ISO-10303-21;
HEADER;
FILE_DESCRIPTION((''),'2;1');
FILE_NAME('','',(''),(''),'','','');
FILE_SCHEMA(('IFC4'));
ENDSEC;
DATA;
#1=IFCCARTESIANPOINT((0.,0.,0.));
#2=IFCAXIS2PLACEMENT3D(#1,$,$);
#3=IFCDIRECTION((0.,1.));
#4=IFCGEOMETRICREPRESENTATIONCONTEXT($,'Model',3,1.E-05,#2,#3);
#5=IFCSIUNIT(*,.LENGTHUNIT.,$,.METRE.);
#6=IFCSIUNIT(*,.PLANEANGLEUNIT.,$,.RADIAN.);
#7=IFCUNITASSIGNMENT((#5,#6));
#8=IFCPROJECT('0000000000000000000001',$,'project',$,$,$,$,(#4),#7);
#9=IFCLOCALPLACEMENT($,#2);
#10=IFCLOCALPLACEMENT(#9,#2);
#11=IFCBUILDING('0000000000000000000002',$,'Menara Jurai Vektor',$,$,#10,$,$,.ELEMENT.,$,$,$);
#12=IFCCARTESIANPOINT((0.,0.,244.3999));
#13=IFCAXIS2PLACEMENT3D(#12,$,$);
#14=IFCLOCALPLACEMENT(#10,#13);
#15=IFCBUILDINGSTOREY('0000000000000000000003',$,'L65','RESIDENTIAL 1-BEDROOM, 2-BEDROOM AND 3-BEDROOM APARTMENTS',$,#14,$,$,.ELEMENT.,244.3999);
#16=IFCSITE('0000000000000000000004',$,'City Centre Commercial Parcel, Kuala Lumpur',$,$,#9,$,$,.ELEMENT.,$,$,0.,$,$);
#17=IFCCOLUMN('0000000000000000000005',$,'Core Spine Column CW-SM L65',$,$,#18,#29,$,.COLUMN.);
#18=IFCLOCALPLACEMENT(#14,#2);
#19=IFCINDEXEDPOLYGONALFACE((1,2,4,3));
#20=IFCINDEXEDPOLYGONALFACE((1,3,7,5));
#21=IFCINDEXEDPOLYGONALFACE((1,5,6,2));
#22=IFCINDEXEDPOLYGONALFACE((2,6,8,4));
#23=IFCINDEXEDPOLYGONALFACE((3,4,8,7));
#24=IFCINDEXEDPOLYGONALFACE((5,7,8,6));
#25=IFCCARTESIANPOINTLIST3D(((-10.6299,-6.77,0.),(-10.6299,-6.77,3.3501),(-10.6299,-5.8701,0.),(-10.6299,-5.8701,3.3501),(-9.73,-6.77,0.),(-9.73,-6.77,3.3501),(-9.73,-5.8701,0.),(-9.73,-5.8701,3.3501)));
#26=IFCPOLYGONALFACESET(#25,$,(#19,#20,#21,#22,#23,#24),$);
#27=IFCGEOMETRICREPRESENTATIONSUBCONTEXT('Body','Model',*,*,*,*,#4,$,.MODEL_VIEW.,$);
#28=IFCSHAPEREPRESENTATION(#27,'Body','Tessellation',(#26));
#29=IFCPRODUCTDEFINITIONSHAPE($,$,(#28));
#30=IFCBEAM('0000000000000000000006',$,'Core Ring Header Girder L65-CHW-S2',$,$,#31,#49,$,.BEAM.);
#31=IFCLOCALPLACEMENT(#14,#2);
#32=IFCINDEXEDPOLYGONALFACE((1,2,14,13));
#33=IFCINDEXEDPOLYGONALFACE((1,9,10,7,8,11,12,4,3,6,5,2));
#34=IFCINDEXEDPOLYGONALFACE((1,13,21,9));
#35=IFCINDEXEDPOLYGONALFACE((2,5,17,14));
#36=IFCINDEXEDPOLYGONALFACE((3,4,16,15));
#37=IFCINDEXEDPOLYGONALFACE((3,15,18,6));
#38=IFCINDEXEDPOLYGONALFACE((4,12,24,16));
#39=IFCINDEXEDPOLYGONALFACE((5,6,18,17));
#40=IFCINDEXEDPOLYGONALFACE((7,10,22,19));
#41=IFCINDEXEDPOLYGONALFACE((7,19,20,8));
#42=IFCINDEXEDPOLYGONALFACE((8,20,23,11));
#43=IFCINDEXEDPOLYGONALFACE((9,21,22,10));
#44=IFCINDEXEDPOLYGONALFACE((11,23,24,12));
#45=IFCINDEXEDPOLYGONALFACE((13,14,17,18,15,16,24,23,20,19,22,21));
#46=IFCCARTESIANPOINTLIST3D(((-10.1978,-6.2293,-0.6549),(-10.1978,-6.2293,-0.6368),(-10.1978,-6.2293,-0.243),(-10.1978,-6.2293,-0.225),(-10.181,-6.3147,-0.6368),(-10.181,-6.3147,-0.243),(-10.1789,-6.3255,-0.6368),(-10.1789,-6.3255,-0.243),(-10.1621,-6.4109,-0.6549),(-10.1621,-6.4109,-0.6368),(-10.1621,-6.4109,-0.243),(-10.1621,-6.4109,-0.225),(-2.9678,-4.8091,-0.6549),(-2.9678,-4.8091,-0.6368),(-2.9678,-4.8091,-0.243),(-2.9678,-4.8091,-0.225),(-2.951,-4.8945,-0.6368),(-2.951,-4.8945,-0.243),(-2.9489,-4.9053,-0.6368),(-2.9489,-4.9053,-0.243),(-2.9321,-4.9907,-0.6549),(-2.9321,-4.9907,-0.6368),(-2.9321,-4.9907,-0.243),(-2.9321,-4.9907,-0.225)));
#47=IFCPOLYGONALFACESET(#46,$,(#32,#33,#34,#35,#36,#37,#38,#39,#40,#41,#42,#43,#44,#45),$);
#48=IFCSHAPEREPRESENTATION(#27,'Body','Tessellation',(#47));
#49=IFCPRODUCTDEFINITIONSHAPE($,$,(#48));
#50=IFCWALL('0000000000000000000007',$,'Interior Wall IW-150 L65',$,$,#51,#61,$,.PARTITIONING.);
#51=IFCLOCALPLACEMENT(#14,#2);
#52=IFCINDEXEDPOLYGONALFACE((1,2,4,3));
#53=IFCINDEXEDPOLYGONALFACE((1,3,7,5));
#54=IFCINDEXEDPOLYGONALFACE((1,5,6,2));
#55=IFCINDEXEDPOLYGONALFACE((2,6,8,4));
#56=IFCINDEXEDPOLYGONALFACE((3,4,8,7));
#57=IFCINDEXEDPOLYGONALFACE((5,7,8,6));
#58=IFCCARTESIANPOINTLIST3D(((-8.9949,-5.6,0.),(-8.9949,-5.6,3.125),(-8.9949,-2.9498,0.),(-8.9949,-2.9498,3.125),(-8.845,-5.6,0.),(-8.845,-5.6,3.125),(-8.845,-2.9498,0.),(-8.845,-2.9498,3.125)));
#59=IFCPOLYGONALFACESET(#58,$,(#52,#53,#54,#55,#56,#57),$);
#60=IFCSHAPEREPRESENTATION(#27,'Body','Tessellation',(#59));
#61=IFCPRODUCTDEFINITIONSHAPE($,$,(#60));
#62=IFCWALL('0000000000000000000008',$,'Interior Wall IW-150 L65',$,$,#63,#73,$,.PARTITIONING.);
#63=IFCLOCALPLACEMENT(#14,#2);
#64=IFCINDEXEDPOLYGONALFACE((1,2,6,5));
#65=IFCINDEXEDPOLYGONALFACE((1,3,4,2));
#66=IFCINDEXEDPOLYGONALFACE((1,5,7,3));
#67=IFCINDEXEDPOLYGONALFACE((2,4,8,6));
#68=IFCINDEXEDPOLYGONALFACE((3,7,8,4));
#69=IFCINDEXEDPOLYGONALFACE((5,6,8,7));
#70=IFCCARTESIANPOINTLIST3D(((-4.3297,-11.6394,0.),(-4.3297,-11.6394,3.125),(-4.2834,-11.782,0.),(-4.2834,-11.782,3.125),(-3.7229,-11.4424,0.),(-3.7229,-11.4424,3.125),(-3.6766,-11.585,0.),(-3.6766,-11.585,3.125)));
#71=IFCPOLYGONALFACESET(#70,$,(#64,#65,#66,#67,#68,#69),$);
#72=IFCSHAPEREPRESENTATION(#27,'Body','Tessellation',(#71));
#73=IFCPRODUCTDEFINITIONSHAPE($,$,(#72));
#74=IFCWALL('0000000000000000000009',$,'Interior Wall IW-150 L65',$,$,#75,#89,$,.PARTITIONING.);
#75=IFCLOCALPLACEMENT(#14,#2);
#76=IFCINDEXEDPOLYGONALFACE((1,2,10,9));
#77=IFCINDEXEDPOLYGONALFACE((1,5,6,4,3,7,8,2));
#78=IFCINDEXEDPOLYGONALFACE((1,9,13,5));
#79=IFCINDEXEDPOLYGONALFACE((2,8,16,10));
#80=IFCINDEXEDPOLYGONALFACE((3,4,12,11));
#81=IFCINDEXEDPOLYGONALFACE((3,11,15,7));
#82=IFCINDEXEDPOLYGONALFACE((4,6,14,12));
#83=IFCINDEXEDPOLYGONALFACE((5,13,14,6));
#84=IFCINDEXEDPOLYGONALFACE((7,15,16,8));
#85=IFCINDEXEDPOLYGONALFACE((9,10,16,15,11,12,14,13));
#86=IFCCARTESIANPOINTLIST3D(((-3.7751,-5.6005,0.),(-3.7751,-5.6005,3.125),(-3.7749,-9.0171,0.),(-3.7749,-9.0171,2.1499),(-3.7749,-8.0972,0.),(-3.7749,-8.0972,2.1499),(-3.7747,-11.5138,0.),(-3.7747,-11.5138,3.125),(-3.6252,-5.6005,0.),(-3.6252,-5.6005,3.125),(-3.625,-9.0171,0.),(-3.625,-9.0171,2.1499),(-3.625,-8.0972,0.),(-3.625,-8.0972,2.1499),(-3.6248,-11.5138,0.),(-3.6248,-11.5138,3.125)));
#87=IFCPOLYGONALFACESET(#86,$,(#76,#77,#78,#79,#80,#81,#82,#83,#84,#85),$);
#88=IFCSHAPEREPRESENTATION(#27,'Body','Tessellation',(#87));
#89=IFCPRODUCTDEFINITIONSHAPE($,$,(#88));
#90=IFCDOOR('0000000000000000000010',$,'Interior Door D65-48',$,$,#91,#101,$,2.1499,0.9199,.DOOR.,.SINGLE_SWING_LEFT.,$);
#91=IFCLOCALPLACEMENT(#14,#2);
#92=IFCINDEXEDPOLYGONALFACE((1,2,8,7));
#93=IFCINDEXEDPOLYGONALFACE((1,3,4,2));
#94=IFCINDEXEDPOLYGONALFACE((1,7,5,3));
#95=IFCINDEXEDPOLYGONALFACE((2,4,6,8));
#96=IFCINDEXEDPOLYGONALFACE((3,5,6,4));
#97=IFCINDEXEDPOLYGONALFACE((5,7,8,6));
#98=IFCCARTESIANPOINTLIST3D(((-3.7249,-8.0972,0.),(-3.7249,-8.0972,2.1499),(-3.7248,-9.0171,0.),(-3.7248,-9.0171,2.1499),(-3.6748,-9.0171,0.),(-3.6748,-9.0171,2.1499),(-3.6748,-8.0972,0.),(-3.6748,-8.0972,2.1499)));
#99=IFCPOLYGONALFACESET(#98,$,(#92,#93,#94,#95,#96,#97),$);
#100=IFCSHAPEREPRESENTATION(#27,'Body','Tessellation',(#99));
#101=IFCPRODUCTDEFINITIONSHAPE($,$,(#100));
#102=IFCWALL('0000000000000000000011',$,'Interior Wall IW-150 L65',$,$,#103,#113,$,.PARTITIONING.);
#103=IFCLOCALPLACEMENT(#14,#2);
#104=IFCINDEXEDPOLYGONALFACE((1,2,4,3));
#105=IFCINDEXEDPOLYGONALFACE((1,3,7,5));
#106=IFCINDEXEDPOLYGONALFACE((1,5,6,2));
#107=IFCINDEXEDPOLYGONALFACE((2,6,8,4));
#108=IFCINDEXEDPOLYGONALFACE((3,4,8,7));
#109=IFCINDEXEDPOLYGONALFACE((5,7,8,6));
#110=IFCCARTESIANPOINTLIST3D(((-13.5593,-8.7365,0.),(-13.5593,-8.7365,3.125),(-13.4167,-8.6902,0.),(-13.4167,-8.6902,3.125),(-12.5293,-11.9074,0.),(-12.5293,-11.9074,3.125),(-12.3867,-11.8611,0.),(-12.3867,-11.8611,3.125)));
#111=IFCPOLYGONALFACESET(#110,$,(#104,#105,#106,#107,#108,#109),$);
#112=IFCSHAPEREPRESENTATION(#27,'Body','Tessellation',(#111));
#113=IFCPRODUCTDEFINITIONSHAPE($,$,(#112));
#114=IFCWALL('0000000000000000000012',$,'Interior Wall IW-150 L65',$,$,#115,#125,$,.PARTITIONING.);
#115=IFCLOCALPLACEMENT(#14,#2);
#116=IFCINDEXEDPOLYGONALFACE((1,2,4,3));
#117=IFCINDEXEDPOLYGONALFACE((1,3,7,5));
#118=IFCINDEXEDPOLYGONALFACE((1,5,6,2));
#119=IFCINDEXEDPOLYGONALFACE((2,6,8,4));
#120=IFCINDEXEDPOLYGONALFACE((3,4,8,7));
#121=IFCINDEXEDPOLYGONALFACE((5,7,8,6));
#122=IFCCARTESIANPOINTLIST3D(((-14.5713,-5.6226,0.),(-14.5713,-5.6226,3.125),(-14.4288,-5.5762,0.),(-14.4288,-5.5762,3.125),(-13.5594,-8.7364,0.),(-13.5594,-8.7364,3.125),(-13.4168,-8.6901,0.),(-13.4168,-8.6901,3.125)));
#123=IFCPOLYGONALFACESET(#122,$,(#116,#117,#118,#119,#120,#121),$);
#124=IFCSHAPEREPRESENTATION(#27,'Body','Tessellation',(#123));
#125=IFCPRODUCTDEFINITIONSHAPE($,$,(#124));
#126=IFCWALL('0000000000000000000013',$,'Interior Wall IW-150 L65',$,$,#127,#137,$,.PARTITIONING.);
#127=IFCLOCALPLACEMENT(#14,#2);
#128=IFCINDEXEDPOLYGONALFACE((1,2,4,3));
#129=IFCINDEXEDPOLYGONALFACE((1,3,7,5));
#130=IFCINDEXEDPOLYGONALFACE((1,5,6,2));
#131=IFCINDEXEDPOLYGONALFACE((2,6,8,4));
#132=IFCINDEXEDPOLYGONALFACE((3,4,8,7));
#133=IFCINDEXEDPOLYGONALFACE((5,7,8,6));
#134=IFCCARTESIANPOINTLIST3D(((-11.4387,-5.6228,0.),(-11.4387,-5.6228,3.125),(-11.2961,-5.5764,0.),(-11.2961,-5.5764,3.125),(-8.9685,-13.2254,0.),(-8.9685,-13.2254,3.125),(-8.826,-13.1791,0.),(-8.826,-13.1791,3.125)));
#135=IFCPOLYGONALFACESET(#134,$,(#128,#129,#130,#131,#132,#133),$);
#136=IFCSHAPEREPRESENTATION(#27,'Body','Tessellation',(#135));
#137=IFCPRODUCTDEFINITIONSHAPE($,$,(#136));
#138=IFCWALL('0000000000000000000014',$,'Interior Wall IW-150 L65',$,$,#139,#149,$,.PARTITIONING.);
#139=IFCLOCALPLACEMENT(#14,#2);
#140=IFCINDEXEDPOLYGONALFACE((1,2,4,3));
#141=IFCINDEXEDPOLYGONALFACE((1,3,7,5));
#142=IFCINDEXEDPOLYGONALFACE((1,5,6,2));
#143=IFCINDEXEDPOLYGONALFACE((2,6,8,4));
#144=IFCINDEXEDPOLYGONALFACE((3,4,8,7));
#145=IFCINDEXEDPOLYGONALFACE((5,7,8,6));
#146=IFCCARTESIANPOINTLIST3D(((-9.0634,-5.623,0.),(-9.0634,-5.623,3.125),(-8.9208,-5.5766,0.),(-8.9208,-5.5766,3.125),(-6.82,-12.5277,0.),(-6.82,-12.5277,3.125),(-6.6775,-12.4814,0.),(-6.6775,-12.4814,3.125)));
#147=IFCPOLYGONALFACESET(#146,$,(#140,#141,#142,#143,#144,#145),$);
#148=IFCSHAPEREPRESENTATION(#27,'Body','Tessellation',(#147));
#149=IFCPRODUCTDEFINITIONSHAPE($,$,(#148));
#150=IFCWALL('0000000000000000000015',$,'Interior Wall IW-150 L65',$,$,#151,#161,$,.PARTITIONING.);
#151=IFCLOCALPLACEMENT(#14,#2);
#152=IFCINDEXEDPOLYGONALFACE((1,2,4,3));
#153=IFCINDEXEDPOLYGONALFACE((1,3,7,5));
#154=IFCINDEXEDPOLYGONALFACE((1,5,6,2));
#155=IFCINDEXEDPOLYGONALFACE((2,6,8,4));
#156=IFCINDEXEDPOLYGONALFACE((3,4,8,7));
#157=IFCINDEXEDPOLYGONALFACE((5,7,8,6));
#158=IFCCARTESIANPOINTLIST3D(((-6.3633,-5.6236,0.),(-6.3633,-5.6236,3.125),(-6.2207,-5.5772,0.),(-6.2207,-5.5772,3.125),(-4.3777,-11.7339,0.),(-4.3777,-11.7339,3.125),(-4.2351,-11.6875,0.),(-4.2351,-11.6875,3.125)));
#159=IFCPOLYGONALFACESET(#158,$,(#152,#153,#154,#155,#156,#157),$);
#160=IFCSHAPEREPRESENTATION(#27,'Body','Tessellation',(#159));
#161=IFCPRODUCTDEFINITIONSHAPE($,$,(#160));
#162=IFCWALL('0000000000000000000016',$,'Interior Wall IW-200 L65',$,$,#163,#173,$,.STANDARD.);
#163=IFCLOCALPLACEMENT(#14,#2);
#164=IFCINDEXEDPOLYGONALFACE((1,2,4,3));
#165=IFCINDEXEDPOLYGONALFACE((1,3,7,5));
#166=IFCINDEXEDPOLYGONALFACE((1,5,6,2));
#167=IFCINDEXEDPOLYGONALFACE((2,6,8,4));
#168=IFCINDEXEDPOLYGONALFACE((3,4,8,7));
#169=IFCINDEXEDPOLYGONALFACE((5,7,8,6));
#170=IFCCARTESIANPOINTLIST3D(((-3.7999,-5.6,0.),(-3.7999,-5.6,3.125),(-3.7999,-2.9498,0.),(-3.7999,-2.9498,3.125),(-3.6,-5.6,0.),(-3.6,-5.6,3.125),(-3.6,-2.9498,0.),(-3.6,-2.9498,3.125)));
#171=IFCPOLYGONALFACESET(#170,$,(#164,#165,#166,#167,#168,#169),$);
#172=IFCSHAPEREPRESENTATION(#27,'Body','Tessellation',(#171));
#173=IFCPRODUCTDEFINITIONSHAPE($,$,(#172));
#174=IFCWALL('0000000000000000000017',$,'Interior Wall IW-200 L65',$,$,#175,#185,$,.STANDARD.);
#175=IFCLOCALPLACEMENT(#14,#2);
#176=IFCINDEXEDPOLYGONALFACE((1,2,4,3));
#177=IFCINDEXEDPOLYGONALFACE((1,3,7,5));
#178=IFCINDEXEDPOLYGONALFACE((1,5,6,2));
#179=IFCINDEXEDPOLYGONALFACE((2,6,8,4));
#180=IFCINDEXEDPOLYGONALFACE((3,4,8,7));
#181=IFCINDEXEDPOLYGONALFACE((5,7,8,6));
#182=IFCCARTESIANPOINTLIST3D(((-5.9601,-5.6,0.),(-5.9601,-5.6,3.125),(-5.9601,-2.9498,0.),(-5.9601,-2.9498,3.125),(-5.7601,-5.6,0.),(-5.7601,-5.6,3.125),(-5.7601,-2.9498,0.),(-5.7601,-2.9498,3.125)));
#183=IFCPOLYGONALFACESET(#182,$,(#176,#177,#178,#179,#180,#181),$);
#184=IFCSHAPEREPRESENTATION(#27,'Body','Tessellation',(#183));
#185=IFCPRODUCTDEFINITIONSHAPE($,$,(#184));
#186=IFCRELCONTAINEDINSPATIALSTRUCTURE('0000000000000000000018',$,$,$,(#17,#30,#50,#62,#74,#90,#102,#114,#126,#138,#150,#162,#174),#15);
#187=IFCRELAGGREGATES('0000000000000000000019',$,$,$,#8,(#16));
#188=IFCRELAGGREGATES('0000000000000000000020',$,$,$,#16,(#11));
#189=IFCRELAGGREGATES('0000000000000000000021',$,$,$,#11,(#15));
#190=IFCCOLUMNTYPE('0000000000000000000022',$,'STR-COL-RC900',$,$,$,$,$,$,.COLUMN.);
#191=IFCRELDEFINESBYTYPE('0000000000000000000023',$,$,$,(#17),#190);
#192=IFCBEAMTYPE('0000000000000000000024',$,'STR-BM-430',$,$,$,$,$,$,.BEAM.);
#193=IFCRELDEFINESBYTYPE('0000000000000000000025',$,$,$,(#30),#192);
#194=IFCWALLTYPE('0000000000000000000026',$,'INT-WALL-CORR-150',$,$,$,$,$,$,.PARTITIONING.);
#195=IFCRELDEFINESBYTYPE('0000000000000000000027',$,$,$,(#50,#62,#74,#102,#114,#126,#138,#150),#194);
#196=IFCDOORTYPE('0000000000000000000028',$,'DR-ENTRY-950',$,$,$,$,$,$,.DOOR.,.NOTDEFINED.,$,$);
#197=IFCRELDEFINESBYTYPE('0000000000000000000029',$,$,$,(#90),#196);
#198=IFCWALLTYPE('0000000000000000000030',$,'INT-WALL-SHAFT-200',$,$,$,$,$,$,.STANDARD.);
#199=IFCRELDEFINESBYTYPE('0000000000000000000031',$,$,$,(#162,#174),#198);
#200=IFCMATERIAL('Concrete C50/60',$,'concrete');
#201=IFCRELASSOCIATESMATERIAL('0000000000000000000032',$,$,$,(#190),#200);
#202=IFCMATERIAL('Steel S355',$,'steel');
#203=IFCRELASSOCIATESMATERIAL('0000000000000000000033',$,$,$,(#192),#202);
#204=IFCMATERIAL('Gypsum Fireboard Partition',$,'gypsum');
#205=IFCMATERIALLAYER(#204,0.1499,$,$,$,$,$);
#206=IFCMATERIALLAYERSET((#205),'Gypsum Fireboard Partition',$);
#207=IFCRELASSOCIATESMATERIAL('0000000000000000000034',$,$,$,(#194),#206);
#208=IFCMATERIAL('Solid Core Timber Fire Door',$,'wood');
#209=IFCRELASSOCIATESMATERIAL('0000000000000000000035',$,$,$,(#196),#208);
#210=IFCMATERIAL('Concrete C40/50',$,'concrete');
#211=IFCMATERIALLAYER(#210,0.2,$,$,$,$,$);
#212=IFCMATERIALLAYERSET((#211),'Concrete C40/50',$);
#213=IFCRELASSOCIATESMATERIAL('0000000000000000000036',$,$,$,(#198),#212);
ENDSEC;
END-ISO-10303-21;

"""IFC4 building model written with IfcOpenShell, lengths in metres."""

from ifc_helpers import new_model, si_unit, direction, frame, frame_2d, origin, origin_2d, place, context, subcontext, project, spatial, rectangle, i_section, extrude, material, layer, layer_set, material_profile, profile_set, type_object, element, fill, save


model = new_model("IFC4")

# Units and contexts
model_context = context("Model", 3, precision=1e-05, world=origin(), true_north=direction((0.0, 1.0)))
body_context = subcontext(model_context, "Body", "Model", "MODEL_VIEW")
ifc_project = project(units=[si_unit("LENGTHUNIT", "METRE"), si_unit("PLANEANGLEUNIT", "RADIAN")], contexts=[model_context])

# Site, building, storey
site_placement = place(None, origin())
site = spatial("IfcSite", under=ifc_project, at=site_placement, Name="City Centre Commercial Parcel, Kuala Lumpur", CompositionType="ELEMENT", RefElevation=0.0)
building_placement = place(site_placement, origin())
building = spatial("IfcBuilding", under=site, at=building_placement, Name="Menara Jurai Vektor", CompositionType="ELEMENT")
storey_placement = place(building_placement, frame((0.0, 0.0, 244.3999)))
storey = spatial("IfcBuildingStorey", under=building, at=storey_placement, Name="L65", Description="RESIDENTIAL 1-BEDROOM, 2-BEDROOM AND 3-BEDROOM APARTMENTS", CompositionType="ELEMENT", Elevation=244.3999)

# Column
ifc_material_1 = material(Name="Concrete C50/60", Category="concrete")
ifc_material_profile_1 = material_profile(ifc_material_1, rectangle(XDim=0.8999, YDim=0.8999, at=origin_2d()), Name="RC 900x900")
ifc_profile_set_1 = profile_set([ifc_material_profile_1], Name="Concrete C50/60")
column_type = type_object("IfcColumnType", Name="STR-COL-RC900", PredefinedType="COLUMN", material=ifc_profile_set_1)
column_placement = place(storey_placement, frame((-10.1799, -6.3201, 0.0), z_axis=(0.0, 0.0, 1.0), x_axis=(1.0, 0.0, 0.0)))
element("IfcColumn", 1, at=column_placement, inside=storey, type_object=column_type, Name="Core Spine Column CW-SM L65", PredefinedType="COLUMN", context=body_context, shape_type="SweptSolid", body=[
    extrude(rectangle(XDim=0.8999, YDim=0.8999, at=origin_2d()), origin(), (0.0, 0.0, 1.0), 3.3501),
])

# Beam
ifc_material_2 = material(Name="Steel S355", Category="steel")
ifc_material_profile_2 = material_profile(ifc_material_2, i_section(OverallWidth=0.1851, OverallDepth=0.4299, WebThickness=0.011, FlangeThickness=0.0181, at=origin_2d()), Name="PG 430x185x76")
ifc_profile_set_2 = profile_set([ifc_material_profile_2], Name="Steel S355")
beam_type = type_object("IfcBeamType", Name="STR-BM-430", PredefinedType="BEAM", material=ifc_profile_set_2)
beam_placement = place(storey_placement, frame((-10.1799, -6.3201, -0.4399), z_axis=(0.981249, 0.192744, 0.0), x_axis=(-0.192744, 0.981249, 0.0)))
element("IfcBeam", 2, at=beam_placement, inside=storey, type_object=beam_type, Name="Core Ring Header Girder L65-CHW-S2", PredefinedType="BEAM", context=body_context, shape_type="SweptSolid", body=[
    extrude(i_section(OverallWidth=0.1851, OverallDepth=0.4299, WebThickness=0.011, FlangeThickness=0.0181, at=origin_2d()), origin(), (0.0, 0.0, 1.0), 7.3682),
])

# Wall
ifc_material_3 = material(Name="Gypsum Fireboard Partition", Category="gypsum")
ifc_layer_1 = layer(ifc_material_3, 0.1499)
ifc_layer_set_1 = layer_set([ifc_layer_1], Name="Gypsum Fireboard Partition")
wall_type_1 = type_object("IfcWallType", Name="INT-WALL-CORR-150", PredefinedType="PARTITIONING", material=ifc_layer_set_1)
wall_1_placement = place(storey_placement, frame((-8.9199, -5.6001, 0.0), z_axis=(0.0, 0.0, 1.0), x_axis=(0.0, 1.0, 0.0)))
element("IfcWall", 3, at=wall_1_placement, inside=storey, type_object=wall_type_1, Name="Interior Wall IW-150 L65", PredefinedType="PARTITIONING", context=body_context, shape_type="SweptSolid", body=[
    extrude(rectangle(XDim=2.6501, YDim=0.1499, at=frame_2d((1.3252, 0.0))), origin(), (0.0, 0.0, 1.0), 3.125),
])

# Shared definitions
ifc_material_4 = material(Name="Solid Core Timber Fire Door", Category="wood")
door_type = type_object("IfcDoorType", Name="DR-ENTRY-950", OperationType="NOTDEFINED", PredefinedType="DOOR", material=ifc_material_4)

# Wall
wall_2_placement = place(storey_placement, frame((-4.3064, -11.7107, 0.0), z_axis=(0.0, 0.0, 1.0), x_axis=(0.951104, 0.30887, 0.0)))
element("IfcWall", 4, at=wall_2_placement, inside=storey, type_object=wall_type_1, Name="Interior Wall IW-150 L65", PredefinedType="PARTITIONING", context=body_context, shape_type="SweptSolid", body=[
    extrude(rectangle(XDim=0.6379, YDim=0.1499, at=frame_2d((0.3188, 0.0))), origin(), (0.0, 0.0, 1.0), 3.125),
])

# Wall, opening, door
wall_3_placement = place(storey_placement, frame((-3.6997, -11.5137, 0.0), z_axis=(0.0, 0.0, 1.0), x_axis=(-0.000083, 1.0, 0.0)))
wall_3 = element("IfcWall", 5, at=wall_3_placement, inside=storey, type_object=wall_type_1, Name="Interior Wall IW-150 L65", PredefinedType="PARTITIONING", context=body_context, shape_type="SweptSolid", body=[
    extrude(rectangle(XDim=5.9133, YDim=0.1499, at=frame_2d((2.9565, 0.0))), origin(), (0.0, 0.0, 1.0), 3.125),
])
opening_1_placement = place(wall_3_placement, frame((2.4966, 0.0, 0.0)))
opening_1 = element("IfcOpeningElement", 6, at=opening_1_placement, cuts=wall_3, PredefinedType="OPENING", context=body_context, shape_type="SweptSolid", body=[
    extrude(rectangle(XDim=0.9199, YDim=2.1499, at=frame_2d((0.46, 1.075))), frame((0.0, 0.085, 0.0), z_axis=(0.0, -1.0, 0.0), x_axis=(1.0, 0.0, 0.0)), (0.0, 0.0, 1.0), 0.1699),
])
door_1_placement = place(opening_1_placement, origin())
door_1 = element("IfcDoor", 7, at=door_1_placement, inside=storey, type_object=door_type, Name="Interior Door D65-48", OperationType="SINGLE_SWING_LEFT", OverallHeight=2.1499, OverallWidth=0.9199, PredefinedType="DOOR", context=body_context, shape_type="SweptSolid", body=[
    extrude(rectangle(XDim=0.9199, YDim=2.1499, at=frame_2d((0.46, 1.075))), frame((0.0, 0.0249, 0.0), z_axis=(0.0, -1.0, 0.0), x_axis=(1.0, 0.0, 0.0)), (0.0, 0.0, 1.0), 0.05),
])
fill(opening_1, door_1)

# Walls
wall_4_placement = place(storey_placement, frame((-12.458, -11.8843, 0.0), z_axis=(0.0, 0.0, 1.0), x_axis=(-0.308947, 0.951079, 0.0)))
element("IfcWall", 8, at=wall_4_placement, inside=storey, type_object=wall_type_1, Name="Interior Wall IW-150 L65", PredefinedType="PARTITIONING", context=body_context, shape_type="SweptSolid", body=[
    extrude(rectangle(XDim=3.334, YDim=0.1499, at=frame_2d((1.667, 0.0))), origin(), (0.0, 0.0, 1.0), 3.125),
])
wall_5_placement = place(storey_placement, frame((-13.488, -8.7134, 0.0), z_axis=(0.0, 0.0, 1.0), x_axis=(-0.309083, 0.951035, 0.0)))
element("IfcWall", 9, at=wall_5_placement, inside=storey, type_object=wall_type_1, Name="Interior Wall IW-150 L65", PredefinedType="PARTITIONING", context=body_context, shape_type="SweptSolid", body=[
    extrude(rectangle(XDim=3.2742, YDim=0.1499, at=frame_2d((1.6372, 0.0))), origin(), (0.0, 0.0, 1.0), 3.125),
])
wall_6_placement = place(storey_placement, frame((-8.8972, -13.2024, 0.0), z_axis=(0.0, 0.0, 1.0), x_axis=(-0.309008, 0.951059, 0.0)))
element("IfcWall", 10, at=wall_6_placement, inside=storey, type_object=wall_type_1, Name="Interior Wall IW-150 L65", PredefinedType="PARTITIONING", context=body_context, shape_type="SweptSolid", body=[
    extrude(rectangle(XDim=7.9939, YDim=0.1499, at=frame_2d((3.9971, 0.0))), origin(), (0.0, 0.0, 1.0), 3.125),
])
wall_7_placement = place(storey_placement, frame((-6.7488, -12.5044, 0.0), z_axis=(0.0, 0.0, 1.0), x_axis=(-0.309005, 0.95106, 0.0)))
element("IfcWall", 11, at=wall_7_placement, inside=storey, type_object=wall_type_1, Name="Interior Wall IW-150 L65", PredefinedType="PARTITIONING", context=body_context, shape_type="SweptSolid", body=[
    extrude(rectangle(XDim=7.26, YDim=0.1499, at=frame_2d((3.6299, 0.0))), origin(), (0.0, 0.0, 1.0), 3.125),
])
wall_8_placement = place(storey_placement, frame((-4.3064, -11.7107, 0.0), z_axis=(0.0, 0.0, 1.0), x_axis=(-0.309048, 0.951046, 0.0)))
element("IfcWall", 12, at=wall_8_placement, inside=storey, type_object=wall_type_1, Name="Interior Wall IW-150 L65", PredefinedType="PARTITIONING", context=body_context, shape_type="SweptSolid", body=[
    extrude(rectangle(XDim=6.4248, YDim=0.1499, at=frame_2d((3.2124, 0.0))), origin(), (0.0, 0.0, 1.0), 3.125),
])
ifc_material_5 = material(Name="Concrete C40/50", Category="concrete")
ifc_layer_2 = layer(ifc_material_5, 0.2)
ifc_layer_set_2 = layer_set([ifc_layer_2], Name="Concrete C40/50")
wall_type_2 = type_object("IfcWallType", Name="INT-WALL-SHAFT-200", PredefinedType="STANDARD", material=ifc_layer_set_2)
for number, where, z_axis, x_axis, name in (
    (13, (-3.7, -5.6001, 0.0), (0.0, 0.0, 1.0), (0.0, 1.0, 0.0), "Interior Wall IW-200 L65"),
    (14, (-5.8601, -5.6001, 0.0), (0.0, 0.0, 1.0), (0.0, 1.0, 0.0), "Interior Wall IW-200 L65"),
):
    element("IfcWall", number, at=place(storey_placement, frame(where, z_axis=z_axis, x_axis=x_axis)), inside=storey, type_object=wall_type_2, Name=name, PredefinedType="STANDARD", context=body_context, shape_type="SweptSolid", body=[
        extrude(rectangle(XDim=2.6501, YDim=0.2, at=frame_2d((1.3252, 0.0))), origin(), (0.0, 0.0, 1.0), 3.125),
    ])

save(model, "model.ifc")
